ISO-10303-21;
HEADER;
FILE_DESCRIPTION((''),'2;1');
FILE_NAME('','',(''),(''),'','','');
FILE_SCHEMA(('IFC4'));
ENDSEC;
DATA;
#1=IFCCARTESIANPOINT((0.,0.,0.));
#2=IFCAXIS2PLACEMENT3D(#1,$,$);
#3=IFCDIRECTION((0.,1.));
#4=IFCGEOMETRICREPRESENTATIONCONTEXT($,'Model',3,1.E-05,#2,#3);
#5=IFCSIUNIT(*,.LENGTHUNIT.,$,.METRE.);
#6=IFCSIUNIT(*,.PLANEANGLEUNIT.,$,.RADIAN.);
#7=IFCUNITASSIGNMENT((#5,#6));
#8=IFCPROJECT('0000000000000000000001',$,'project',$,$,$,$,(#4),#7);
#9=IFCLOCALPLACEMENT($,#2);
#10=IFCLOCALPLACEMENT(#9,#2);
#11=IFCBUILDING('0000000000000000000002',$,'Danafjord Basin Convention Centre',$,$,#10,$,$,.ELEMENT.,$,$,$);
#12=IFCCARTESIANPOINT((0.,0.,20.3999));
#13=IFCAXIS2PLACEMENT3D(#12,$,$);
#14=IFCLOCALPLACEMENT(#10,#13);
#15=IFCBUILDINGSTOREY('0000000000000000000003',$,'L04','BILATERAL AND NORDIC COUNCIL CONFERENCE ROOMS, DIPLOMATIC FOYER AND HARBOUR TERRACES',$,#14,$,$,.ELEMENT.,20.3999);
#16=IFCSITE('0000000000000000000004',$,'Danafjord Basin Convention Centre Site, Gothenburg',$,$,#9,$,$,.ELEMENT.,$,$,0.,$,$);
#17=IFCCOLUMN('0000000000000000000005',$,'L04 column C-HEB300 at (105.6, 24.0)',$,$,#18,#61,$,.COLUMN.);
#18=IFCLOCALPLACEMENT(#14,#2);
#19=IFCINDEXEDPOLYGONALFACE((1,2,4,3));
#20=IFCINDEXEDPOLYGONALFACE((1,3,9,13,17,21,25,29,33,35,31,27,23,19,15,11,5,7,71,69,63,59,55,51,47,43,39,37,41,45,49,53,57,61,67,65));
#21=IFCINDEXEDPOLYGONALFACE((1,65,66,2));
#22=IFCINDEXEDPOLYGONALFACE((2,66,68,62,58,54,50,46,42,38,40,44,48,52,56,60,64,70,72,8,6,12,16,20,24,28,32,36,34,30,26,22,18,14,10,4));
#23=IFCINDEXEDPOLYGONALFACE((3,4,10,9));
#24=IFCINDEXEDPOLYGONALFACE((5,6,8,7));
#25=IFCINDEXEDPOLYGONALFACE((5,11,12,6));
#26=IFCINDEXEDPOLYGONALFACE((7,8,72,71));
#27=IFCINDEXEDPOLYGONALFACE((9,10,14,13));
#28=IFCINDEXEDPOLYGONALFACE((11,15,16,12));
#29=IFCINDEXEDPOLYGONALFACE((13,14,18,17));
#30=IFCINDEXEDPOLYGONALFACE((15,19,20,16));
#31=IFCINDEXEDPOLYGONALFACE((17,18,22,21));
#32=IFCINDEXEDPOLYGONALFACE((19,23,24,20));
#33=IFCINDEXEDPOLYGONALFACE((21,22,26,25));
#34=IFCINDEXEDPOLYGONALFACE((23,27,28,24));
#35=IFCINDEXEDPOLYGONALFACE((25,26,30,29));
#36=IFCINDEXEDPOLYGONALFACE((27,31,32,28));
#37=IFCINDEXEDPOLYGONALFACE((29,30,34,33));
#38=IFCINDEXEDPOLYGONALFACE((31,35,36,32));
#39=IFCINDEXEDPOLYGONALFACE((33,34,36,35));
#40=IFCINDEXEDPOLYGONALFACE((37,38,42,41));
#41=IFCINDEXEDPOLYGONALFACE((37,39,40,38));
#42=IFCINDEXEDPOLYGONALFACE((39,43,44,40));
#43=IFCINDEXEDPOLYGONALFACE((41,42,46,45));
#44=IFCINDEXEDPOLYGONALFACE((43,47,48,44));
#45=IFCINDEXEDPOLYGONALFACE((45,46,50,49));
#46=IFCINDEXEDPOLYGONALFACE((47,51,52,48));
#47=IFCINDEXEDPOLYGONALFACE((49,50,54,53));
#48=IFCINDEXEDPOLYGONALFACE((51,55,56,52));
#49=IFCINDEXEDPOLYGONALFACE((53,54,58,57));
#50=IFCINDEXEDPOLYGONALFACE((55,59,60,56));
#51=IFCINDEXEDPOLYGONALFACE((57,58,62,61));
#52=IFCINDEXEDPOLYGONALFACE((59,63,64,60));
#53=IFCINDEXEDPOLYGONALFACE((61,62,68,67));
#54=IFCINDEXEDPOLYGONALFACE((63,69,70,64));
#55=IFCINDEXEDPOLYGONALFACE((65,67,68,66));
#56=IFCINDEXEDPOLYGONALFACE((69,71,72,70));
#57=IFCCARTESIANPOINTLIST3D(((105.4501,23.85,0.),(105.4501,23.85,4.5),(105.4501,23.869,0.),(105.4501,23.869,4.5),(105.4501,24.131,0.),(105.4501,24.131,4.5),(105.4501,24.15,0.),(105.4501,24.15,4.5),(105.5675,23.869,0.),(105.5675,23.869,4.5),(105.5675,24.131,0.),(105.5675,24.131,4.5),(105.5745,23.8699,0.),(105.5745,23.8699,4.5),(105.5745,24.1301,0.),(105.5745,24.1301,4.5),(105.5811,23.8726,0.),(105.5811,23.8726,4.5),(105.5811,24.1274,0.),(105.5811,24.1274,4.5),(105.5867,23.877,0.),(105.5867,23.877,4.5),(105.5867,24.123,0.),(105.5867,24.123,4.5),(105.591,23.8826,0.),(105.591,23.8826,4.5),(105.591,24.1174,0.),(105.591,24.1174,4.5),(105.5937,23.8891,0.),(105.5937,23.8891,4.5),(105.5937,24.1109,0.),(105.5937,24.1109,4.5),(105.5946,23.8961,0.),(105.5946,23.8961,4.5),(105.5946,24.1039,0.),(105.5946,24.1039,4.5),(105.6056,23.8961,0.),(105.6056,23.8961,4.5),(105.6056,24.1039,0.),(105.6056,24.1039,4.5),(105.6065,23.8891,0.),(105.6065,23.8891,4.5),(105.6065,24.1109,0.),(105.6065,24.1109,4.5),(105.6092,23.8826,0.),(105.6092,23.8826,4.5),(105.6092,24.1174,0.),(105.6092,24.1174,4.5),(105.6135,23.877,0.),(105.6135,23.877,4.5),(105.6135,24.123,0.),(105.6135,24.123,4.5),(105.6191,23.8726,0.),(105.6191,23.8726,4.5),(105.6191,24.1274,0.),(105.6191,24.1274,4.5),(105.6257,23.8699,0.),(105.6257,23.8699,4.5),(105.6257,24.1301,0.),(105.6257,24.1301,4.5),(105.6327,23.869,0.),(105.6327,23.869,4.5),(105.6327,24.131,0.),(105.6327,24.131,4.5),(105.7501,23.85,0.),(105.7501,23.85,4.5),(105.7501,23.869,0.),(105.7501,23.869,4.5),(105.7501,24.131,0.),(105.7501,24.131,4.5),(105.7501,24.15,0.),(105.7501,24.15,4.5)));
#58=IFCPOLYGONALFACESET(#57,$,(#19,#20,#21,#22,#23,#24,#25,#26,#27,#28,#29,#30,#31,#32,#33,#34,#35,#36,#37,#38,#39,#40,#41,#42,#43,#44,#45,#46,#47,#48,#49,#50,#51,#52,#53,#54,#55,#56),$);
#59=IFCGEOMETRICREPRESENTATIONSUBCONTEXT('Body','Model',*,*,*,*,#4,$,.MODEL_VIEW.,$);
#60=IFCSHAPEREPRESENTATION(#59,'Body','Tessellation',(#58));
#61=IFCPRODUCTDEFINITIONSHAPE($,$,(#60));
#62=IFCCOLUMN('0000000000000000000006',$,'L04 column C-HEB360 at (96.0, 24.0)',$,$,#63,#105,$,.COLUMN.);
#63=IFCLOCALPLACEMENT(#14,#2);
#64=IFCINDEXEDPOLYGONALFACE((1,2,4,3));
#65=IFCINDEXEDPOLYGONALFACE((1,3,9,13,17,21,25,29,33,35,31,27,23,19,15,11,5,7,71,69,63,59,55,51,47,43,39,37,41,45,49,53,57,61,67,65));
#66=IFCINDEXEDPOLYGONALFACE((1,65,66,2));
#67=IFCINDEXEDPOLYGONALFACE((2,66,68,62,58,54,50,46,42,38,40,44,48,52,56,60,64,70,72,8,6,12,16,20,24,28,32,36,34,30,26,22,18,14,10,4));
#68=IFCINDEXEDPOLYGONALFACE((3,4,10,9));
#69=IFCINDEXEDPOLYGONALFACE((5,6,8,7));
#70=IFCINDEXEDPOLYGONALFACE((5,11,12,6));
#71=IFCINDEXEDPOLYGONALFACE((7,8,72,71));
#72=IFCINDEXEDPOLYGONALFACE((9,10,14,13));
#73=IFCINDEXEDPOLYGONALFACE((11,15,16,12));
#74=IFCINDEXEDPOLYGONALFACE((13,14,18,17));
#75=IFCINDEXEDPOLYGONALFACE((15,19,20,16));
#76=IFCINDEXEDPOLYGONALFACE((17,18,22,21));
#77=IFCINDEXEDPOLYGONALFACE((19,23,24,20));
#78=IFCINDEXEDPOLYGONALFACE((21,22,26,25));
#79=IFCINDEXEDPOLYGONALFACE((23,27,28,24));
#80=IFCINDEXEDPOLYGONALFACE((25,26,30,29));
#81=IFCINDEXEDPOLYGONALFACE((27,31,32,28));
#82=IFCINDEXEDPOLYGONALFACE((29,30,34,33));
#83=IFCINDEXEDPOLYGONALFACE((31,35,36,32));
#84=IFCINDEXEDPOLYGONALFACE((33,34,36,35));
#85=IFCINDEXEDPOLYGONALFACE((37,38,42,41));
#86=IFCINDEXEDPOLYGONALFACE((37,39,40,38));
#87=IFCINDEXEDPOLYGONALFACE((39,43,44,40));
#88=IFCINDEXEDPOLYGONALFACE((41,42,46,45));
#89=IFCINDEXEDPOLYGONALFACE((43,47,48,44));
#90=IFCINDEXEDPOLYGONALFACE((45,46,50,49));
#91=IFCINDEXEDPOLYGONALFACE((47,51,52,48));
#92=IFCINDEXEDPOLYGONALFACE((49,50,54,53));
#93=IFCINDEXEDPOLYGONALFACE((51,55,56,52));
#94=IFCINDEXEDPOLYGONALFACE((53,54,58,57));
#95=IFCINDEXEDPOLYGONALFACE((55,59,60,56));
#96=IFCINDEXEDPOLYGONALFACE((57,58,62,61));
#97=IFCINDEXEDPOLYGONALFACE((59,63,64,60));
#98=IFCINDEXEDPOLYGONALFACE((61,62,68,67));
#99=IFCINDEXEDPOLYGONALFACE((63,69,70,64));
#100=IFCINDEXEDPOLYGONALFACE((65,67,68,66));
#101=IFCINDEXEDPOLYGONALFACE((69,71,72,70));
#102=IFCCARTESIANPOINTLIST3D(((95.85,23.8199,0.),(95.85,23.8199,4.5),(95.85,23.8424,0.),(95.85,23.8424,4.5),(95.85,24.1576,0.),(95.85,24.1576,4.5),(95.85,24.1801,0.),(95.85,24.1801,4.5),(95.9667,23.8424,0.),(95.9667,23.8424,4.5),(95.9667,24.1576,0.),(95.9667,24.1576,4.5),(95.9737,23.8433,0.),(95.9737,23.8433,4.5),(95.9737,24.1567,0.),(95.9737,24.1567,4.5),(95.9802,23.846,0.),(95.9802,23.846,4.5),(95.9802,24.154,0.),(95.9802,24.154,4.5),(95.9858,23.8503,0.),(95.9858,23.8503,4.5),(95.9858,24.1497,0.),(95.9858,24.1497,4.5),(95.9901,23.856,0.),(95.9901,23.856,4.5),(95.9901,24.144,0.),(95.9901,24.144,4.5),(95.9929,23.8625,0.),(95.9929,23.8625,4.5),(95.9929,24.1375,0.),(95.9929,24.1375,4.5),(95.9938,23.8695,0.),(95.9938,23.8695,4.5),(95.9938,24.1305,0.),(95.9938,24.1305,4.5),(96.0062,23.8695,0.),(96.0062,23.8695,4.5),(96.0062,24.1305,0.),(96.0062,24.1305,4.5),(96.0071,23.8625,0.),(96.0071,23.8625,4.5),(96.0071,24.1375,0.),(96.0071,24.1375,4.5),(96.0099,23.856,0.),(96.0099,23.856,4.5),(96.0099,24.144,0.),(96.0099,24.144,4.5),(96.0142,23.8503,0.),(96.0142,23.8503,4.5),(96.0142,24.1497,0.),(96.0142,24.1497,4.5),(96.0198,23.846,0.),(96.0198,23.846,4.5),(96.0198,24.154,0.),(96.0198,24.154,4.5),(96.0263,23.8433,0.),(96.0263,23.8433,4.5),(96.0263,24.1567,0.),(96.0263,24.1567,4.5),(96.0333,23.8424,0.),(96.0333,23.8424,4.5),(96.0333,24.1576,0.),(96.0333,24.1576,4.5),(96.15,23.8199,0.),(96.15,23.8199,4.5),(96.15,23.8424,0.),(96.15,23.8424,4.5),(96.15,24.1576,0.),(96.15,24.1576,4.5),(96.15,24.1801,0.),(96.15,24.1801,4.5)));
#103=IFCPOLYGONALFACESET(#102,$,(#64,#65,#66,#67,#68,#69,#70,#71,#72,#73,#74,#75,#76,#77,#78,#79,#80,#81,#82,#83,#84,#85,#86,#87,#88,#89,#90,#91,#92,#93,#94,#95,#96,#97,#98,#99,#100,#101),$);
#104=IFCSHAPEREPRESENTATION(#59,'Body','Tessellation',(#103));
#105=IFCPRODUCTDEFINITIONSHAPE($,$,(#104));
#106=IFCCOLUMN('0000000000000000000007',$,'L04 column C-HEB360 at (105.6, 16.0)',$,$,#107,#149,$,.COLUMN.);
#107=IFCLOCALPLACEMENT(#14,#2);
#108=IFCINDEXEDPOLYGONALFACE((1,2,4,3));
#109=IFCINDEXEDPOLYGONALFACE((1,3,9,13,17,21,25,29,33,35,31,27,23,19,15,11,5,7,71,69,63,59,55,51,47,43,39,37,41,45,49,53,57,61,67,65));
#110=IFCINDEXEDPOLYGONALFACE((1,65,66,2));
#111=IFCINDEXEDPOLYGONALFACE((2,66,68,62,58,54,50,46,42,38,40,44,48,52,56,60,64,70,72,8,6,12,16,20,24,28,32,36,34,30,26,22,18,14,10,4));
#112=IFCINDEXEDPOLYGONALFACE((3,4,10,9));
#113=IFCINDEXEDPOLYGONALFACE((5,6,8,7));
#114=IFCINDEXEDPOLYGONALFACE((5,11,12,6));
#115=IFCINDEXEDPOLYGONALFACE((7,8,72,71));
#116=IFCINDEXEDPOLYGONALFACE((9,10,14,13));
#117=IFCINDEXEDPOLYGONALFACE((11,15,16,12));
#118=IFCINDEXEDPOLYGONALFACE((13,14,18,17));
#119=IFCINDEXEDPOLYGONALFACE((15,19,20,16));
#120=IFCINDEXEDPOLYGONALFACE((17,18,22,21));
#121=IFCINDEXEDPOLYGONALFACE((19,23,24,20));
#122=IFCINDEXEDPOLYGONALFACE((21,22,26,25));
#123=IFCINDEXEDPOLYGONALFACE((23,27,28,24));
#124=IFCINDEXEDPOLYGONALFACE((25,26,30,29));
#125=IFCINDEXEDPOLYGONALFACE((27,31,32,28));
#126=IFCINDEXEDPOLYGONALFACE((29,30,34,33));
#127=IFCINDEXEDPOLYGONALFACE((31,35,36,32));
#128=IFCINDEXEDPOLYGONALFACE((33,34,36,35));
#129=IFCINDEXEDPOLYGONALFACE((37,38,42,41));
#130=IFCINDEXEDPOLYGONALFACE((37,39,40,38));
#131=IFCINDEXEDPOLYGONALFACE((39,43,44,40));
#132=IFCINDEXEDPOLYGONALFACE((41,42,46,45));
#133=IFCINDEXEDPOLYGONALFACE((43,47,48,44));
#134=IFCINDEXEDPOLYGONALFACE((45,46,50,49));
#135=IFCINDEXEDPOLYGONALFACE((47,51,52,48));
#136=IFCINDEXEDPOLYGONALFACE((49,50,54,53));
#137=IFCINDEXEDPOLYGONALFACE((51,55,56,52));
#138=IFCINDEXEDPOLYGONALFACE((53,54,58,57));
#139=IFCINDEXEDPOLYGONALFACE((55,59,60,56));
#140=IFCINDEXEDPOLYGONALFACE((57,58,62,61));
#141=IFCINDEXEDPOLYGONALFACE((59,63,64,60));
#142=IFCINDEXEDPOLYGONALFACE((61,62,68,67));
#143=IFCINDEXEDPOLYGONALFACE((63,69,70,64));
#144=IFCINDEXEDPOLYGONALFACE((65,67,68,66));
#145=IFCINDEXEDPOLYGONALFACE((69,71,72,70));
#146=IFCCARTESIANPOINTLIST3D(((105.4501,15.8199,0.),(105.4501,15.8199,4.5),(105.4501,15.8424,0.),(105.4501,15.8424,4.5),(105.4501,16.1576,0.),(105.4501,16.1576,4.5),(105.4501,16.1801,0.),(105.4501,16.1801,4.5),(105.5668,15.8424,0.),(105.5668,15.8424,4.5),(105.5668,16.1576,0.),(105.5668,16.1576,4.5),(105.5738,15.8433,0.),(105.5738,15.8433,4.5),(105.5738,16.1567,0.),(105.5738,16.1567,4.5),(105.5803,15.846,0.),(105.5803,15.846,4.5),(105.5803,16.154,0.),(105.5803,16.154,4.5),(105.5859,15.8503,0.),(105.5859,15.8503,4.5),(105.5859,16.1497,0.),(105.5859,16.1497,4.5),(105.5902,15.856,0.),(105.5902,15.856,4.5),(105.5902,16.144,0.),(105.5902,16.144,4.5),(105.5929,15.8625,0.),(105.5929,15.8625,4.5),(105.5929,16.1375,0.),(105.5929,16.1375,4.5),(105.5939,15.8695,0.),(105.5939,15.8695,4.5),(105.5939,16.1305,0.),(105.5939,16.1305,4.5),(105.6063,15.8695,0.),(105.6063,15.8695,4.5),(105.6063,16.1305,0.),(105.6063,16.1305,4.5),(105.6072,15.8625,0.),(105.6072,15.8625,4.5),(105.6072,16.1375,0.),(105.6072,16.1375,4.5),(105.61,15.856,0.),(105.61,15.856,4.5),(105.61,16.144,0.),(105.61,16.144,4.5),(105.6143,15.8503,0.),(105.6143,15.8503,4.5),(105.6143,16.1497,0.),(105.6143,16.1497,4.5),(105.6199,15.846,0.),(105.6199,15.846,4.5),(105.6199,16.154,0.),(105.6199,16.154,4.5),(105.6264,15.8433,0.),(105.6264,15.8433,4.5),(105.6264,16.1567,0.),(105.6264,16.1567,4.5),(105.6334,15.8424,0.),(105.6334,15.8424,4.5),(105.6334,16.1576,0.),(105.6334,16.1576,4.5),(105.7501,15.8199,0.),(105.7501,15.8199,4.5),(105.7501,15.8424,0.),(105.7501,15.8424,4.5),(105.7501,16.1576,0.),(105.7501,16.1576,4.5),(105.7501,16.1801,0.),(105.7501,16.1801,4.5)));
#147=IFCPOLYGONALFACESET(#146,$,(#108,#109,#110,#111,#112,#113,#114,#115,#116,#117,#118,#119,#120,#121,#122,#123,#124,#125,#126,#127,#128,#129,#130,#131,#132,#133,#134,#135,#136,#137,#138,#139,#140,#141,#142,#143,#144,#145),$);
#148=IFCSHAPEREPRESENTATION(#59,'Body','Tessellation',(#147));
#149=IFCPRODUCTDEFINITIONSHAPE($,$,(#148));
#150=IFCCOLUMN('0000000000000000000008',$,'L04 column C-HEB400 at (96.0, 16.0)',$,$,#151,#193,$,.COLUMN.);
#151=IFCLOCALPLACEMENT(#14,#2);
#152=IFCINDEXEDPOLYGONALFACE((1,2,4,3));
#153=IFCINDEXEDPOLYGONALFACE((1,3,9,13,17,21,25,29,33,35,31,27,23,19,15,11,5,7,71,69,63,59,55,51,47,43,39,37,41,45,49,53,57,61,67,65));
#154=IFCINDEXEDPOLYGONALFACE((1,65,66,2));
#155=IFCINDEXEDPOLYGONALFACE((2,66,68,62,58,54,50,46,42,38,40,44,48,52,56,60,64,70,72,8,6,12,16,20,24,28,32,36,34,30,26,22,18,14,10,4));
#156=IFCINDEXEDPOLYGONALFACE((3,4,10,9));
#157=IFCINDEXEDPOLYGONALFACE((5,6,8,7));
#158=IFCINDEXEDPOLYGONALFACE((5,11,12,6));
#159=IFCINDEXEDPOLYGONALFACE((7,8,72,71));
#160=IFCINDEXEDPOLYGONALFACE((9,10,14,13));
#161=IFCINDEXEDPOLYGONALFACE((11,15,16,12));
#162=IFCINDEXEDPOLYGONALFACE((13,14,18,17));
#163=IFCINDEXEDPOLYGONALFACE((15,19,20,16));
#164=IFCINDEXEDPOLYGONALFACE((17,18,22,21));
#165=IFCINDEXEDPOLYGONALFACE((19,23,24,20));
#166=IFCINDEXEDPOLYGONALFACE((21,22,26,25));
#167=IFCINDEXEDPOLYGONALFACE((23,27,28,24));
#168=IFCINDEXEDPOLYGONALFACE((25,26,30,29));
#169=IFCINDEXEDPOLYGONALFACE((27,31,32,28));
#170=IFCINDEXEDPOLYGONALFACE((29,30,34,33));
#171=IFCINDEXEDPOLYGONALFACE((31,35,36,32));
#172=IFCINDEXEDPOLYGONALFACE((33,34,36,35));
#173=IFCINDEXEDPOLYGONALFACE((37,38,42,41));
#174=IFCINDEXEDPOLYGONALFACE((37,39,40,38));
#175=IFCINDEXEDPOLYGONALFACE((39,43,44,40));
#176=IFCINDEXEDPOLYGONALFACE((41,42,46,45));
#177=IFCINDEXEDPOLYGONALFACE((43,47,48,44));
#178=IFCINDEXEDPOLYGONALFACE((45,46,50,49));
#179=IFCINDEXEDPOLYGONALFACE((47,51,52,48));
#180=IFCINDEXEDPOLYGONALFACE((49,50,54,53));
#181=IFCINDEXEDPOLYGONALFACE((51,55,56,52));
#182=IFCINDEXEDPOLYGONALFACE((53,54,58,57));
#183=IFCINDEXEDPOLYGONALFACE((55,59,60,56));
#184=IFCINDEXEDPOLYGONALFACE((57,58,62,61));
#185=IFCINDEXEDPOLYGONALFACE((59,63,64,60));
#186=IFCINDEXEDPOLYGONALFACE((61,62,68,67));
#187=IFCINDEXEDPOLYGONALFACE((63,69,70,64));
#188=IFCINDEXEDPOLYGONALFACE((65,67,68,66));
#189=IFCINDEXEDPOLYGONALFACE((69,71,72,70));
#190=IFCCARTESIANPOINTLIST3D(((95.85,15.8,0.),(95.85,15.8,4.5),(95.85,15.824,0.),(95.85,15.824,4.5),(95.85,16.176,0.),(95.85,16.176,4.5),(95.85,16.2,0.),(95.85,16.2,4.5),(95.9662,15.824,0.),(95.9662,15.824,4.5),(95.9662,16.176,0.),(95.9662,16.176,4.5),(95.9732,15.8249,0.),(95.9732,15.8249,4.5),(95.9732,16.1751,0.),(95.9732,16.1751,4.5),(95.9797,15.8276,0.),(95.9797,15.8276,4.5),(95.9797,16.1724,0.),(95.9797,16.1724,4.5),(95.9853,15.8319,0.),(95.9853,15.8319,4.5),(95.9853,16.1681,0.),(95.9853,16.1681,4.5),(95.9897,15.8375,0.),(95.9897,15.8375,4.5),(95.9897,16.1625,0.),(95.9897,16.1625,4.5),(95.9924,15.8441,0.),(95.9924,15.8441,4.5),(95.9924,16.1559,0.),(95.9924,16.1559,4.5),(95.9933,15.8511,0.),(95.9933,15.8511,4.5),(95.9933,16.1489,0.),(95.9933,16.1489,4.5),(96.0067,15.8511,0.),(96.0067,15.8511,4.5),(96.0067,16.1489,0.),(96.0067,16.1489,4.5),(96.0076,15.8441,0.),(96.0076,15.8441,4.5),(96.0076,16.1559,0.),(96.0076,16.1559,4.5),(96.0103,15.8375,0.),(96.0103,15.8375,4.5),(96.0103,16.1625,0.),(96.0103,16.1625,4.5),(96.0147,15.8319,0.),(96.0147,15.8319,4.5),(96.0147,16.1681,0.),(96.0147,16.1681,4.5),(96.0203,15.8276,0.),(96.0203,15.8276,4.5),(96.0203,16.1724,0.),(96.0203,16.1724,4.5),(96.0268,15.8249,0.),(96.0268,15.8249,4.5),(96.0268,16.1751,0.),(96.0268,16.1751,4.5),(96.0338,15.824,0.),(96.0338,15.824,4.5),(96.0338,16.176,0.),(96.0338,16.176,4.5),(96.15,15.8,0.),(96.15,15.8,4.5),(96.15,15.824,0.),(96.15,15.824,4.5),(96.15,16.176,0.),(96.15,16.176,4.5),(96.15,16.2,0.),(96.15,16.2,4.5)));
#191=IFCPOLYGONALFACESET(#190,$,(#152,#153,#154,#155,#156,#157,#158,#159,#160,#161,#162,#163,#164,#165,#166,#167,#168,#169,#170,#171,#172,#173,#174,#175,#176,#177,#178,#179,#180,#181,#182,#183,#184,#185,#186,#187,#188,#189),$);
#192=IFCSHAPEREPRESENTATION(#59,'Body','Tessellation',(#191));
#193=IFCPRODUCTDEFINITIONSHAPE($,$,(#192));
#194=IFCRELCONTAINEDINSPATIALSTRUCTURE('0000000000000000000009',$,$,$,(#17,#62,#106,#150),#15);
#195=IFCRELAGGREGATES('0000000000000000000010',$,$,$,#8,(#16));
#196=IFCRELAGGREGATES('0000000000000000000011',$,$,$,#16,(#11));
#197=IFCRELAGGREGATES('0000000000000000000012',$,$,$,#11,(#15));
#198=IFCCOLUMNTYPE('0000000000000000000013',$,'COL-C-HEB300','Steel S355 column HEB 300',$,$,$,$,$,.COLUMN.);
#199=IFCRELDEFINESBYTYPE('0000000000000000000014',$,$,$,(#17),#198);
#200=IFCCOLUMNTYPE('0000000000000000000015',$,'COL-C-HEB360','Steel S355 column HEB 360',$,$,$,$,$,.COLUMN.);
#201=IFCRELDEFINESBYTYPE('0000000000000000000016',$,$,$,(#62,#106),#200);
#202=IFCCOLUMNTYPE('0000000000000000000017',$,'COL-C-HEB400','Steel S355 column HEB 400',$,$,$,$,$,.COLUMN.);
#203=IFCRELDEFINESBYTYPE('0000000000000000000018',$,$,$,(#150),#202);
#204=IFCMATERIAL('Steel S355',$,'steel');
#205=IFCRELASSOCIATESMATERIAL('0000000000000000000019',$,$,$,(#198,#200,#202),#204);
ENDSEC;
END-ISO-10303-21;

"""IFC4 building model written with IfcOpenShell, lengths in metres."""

from ifc_helpers import new_model, si_unit, direction, frame, origin, origin_2d, place, context, subcontext, project, spatial, i_section, extrude, material, material_profile, profile_set, type_object, element, save


model = new_model("IFC4")

# Units and contexts
model_context = context("Model", 3, precision=1e-05, world=origin(), true_north=direction((0.0, 1.0)))
body_context = subcontext(model_context, "Body", "Model", "MODEL_VIEW")
ifc_project = project(units=[si_unit("LENGTHUNIT", "METRE"), si_unit("PLANEANGLEUNIT", "RADIAN")], contexts=[model_context])

# Site, building, storey
site_placement = place(None, origin())
site = spatial("IfcSite", under=ifc_project, at=site_placement, Name="Danafjord Basin Convention Centre Site, Gothenburg", CompositionType="ELEMENT", RefElevation=0.0)
building_placement = place(site_placement, origin())
building = spatial("IfcBuilding", under=site, at=building_placement, Name="Danafjord Basin Convention Centre", CompositionType="ELEMENT")
storey_placement = place(building_placement, frame((0.0, 0.0, 20.3999)))
storey = spatial("IfcBuildingStorey", under=building, at=storey_placement, Name="L04", Description="BILATERAL AND NORDIC COUNCIL CONFERENCE ROOMS, DIPLOMATIC FOYER AND HARBOUR TERRACES", CompositionType="ELEMENT", Elevation=20.3999)

# Columns
ifc_material_1 = material(Name="Steel S355", Category="steel")
ifc_material_profile_1 = material_profile(ifc_material_1, i_section(OverallWidth=0.3, OverallDepth=0.3, WebThickness=0.011, FlangeThickness=0.019, FilletRadius=0.0271, at=origin_2d()), Name="HEB 300")
ifc_profile_set_1 = profile_set([ifc_material_profile_1], Name="Steel S355")
column_type_1 = type_object("IfcColumnType", Name="COL-C-HEB300", Description="Steel S355 column HEB 300", PredefinedType="COLUMN", material=ifc_profile_set_1)
column_1_placement = place(storey_placement, frame((105.6001, 24.0, 0.0), z_axis=(0.0, 0.0, 1.0), x_axis=(1.0, 0.0, 0.0)))
element("IfcColumn", 1, at=column_1_placement, inside=storey, type_object=column_type_1, Name="L04 column C-HEB300 at (105.6, 24.0)", PredefinedType="COLUMN", context=body_context, shape_type="SweptSolid", body=[
    extrude(i_section(OverallWidth=0.3, OverallDepth=0.3, WebThickness=0.011, FlangeThickness=0.019, FilletRadius=0.0271, at=origin_2d()), origin(), (0.0, 0.0, 1.0), 4.5),
])
ifc_material_profile_2 = material_profile(ifc_material_1, i_section(OverallWidth=0.3, OverallDepth=0.3601, WebThickness=0.0125, FlangeThickness=0.0225, FilletRadius=0.0271, at=origin_2d()), Name="HEB 360")
ifc_profile_set_2 = profile_set([ifc_material_profile_2], Name="Steel S355")
column_type_2 = type_object("IfcColumnType", Name="COL-C-HEB360", Description="Steel S355 column HEB 360", PredefinedType="COLUMN", material=ifc_profile_set_2)
for number, where, z_axis, x_axis, name in (
    (2, (96.0, 24.0, 0.0), (0.0, 0.0, 1.0), (1.0, 0.0, 0.0), "L04 column C-HEB360 at (96.0, 24.0)"),
    (3, (105.6001, 16.0, 0.0), (0.0, 0.0, 1.0), (1.0, 0.0, 0.0), "L04 column C-HEB360 at (105.6, 16.0)"),
):
    element("IfcColumn", number, at=place(storey_placement, frame(where, z_axis=z_axis, x_axis=x_axis)), inside=storey, type_object=column_type_2, Name=name, PredefinedType="COLUMN", context=body_context, shape_type="SweptSolid", body=[
        extrude(i_section(OverallWidth=0.3, OverallDepth=0.3601, WebThickness=0.0125, FlangeThickness=0.0225, FilletRadius=0.0271, at=origin_2d()), origin(), (0.0, 0.0, 1.0), 4.5),
    ])
ifc_material_profile_3 = material_profile(ifc_material_1, i_section(OverallWidth=0.3, OverallDepth=0.3999, WebThickness=0.0134, FlangeThickness=0.0239, FilletRadius=0.0271, at=origin_2d()), Name="HEB 400")
ifc_profile_set_3 = profile_set([ifc_material_profile_3], Name="Steel S355")
column_type_3 = type_object("IfcColumnType", Name="COL-C-HEB400", Description="Steel S355 column HEB 400", PredefinedType="COLUMN", material=ifc_profile_set_3)
for number, where, z_axis, x_axis, name in (
    (4, (96.0, 16.0, 0.0), (0.0, 0.0, 1.0), (1.0, 0.0, 0.0), "L04 column C-HEB400 at (96.0, 16.0)"),
):
    element("IfcColumn", number, at=place(storey_placement, frame(where, z_axis=z_axis, x_axis=x_axis)), inside=storey, type_object=column_type_3, Name=name, PredefinedType="COLUMN", context=body_context, shape_type="SweptSolid", body=[
        extrude(i_section(OverallWidth=0.3, OverallDepth=0.3999, WebThickness=0.0134, FlangeThickness=0.0239, FilletRadius=0.0271, at=origin_2d()), origin(), (0.0, 0.0, 1.0), 4.5),
    ])

save(model, "model.ifc")
